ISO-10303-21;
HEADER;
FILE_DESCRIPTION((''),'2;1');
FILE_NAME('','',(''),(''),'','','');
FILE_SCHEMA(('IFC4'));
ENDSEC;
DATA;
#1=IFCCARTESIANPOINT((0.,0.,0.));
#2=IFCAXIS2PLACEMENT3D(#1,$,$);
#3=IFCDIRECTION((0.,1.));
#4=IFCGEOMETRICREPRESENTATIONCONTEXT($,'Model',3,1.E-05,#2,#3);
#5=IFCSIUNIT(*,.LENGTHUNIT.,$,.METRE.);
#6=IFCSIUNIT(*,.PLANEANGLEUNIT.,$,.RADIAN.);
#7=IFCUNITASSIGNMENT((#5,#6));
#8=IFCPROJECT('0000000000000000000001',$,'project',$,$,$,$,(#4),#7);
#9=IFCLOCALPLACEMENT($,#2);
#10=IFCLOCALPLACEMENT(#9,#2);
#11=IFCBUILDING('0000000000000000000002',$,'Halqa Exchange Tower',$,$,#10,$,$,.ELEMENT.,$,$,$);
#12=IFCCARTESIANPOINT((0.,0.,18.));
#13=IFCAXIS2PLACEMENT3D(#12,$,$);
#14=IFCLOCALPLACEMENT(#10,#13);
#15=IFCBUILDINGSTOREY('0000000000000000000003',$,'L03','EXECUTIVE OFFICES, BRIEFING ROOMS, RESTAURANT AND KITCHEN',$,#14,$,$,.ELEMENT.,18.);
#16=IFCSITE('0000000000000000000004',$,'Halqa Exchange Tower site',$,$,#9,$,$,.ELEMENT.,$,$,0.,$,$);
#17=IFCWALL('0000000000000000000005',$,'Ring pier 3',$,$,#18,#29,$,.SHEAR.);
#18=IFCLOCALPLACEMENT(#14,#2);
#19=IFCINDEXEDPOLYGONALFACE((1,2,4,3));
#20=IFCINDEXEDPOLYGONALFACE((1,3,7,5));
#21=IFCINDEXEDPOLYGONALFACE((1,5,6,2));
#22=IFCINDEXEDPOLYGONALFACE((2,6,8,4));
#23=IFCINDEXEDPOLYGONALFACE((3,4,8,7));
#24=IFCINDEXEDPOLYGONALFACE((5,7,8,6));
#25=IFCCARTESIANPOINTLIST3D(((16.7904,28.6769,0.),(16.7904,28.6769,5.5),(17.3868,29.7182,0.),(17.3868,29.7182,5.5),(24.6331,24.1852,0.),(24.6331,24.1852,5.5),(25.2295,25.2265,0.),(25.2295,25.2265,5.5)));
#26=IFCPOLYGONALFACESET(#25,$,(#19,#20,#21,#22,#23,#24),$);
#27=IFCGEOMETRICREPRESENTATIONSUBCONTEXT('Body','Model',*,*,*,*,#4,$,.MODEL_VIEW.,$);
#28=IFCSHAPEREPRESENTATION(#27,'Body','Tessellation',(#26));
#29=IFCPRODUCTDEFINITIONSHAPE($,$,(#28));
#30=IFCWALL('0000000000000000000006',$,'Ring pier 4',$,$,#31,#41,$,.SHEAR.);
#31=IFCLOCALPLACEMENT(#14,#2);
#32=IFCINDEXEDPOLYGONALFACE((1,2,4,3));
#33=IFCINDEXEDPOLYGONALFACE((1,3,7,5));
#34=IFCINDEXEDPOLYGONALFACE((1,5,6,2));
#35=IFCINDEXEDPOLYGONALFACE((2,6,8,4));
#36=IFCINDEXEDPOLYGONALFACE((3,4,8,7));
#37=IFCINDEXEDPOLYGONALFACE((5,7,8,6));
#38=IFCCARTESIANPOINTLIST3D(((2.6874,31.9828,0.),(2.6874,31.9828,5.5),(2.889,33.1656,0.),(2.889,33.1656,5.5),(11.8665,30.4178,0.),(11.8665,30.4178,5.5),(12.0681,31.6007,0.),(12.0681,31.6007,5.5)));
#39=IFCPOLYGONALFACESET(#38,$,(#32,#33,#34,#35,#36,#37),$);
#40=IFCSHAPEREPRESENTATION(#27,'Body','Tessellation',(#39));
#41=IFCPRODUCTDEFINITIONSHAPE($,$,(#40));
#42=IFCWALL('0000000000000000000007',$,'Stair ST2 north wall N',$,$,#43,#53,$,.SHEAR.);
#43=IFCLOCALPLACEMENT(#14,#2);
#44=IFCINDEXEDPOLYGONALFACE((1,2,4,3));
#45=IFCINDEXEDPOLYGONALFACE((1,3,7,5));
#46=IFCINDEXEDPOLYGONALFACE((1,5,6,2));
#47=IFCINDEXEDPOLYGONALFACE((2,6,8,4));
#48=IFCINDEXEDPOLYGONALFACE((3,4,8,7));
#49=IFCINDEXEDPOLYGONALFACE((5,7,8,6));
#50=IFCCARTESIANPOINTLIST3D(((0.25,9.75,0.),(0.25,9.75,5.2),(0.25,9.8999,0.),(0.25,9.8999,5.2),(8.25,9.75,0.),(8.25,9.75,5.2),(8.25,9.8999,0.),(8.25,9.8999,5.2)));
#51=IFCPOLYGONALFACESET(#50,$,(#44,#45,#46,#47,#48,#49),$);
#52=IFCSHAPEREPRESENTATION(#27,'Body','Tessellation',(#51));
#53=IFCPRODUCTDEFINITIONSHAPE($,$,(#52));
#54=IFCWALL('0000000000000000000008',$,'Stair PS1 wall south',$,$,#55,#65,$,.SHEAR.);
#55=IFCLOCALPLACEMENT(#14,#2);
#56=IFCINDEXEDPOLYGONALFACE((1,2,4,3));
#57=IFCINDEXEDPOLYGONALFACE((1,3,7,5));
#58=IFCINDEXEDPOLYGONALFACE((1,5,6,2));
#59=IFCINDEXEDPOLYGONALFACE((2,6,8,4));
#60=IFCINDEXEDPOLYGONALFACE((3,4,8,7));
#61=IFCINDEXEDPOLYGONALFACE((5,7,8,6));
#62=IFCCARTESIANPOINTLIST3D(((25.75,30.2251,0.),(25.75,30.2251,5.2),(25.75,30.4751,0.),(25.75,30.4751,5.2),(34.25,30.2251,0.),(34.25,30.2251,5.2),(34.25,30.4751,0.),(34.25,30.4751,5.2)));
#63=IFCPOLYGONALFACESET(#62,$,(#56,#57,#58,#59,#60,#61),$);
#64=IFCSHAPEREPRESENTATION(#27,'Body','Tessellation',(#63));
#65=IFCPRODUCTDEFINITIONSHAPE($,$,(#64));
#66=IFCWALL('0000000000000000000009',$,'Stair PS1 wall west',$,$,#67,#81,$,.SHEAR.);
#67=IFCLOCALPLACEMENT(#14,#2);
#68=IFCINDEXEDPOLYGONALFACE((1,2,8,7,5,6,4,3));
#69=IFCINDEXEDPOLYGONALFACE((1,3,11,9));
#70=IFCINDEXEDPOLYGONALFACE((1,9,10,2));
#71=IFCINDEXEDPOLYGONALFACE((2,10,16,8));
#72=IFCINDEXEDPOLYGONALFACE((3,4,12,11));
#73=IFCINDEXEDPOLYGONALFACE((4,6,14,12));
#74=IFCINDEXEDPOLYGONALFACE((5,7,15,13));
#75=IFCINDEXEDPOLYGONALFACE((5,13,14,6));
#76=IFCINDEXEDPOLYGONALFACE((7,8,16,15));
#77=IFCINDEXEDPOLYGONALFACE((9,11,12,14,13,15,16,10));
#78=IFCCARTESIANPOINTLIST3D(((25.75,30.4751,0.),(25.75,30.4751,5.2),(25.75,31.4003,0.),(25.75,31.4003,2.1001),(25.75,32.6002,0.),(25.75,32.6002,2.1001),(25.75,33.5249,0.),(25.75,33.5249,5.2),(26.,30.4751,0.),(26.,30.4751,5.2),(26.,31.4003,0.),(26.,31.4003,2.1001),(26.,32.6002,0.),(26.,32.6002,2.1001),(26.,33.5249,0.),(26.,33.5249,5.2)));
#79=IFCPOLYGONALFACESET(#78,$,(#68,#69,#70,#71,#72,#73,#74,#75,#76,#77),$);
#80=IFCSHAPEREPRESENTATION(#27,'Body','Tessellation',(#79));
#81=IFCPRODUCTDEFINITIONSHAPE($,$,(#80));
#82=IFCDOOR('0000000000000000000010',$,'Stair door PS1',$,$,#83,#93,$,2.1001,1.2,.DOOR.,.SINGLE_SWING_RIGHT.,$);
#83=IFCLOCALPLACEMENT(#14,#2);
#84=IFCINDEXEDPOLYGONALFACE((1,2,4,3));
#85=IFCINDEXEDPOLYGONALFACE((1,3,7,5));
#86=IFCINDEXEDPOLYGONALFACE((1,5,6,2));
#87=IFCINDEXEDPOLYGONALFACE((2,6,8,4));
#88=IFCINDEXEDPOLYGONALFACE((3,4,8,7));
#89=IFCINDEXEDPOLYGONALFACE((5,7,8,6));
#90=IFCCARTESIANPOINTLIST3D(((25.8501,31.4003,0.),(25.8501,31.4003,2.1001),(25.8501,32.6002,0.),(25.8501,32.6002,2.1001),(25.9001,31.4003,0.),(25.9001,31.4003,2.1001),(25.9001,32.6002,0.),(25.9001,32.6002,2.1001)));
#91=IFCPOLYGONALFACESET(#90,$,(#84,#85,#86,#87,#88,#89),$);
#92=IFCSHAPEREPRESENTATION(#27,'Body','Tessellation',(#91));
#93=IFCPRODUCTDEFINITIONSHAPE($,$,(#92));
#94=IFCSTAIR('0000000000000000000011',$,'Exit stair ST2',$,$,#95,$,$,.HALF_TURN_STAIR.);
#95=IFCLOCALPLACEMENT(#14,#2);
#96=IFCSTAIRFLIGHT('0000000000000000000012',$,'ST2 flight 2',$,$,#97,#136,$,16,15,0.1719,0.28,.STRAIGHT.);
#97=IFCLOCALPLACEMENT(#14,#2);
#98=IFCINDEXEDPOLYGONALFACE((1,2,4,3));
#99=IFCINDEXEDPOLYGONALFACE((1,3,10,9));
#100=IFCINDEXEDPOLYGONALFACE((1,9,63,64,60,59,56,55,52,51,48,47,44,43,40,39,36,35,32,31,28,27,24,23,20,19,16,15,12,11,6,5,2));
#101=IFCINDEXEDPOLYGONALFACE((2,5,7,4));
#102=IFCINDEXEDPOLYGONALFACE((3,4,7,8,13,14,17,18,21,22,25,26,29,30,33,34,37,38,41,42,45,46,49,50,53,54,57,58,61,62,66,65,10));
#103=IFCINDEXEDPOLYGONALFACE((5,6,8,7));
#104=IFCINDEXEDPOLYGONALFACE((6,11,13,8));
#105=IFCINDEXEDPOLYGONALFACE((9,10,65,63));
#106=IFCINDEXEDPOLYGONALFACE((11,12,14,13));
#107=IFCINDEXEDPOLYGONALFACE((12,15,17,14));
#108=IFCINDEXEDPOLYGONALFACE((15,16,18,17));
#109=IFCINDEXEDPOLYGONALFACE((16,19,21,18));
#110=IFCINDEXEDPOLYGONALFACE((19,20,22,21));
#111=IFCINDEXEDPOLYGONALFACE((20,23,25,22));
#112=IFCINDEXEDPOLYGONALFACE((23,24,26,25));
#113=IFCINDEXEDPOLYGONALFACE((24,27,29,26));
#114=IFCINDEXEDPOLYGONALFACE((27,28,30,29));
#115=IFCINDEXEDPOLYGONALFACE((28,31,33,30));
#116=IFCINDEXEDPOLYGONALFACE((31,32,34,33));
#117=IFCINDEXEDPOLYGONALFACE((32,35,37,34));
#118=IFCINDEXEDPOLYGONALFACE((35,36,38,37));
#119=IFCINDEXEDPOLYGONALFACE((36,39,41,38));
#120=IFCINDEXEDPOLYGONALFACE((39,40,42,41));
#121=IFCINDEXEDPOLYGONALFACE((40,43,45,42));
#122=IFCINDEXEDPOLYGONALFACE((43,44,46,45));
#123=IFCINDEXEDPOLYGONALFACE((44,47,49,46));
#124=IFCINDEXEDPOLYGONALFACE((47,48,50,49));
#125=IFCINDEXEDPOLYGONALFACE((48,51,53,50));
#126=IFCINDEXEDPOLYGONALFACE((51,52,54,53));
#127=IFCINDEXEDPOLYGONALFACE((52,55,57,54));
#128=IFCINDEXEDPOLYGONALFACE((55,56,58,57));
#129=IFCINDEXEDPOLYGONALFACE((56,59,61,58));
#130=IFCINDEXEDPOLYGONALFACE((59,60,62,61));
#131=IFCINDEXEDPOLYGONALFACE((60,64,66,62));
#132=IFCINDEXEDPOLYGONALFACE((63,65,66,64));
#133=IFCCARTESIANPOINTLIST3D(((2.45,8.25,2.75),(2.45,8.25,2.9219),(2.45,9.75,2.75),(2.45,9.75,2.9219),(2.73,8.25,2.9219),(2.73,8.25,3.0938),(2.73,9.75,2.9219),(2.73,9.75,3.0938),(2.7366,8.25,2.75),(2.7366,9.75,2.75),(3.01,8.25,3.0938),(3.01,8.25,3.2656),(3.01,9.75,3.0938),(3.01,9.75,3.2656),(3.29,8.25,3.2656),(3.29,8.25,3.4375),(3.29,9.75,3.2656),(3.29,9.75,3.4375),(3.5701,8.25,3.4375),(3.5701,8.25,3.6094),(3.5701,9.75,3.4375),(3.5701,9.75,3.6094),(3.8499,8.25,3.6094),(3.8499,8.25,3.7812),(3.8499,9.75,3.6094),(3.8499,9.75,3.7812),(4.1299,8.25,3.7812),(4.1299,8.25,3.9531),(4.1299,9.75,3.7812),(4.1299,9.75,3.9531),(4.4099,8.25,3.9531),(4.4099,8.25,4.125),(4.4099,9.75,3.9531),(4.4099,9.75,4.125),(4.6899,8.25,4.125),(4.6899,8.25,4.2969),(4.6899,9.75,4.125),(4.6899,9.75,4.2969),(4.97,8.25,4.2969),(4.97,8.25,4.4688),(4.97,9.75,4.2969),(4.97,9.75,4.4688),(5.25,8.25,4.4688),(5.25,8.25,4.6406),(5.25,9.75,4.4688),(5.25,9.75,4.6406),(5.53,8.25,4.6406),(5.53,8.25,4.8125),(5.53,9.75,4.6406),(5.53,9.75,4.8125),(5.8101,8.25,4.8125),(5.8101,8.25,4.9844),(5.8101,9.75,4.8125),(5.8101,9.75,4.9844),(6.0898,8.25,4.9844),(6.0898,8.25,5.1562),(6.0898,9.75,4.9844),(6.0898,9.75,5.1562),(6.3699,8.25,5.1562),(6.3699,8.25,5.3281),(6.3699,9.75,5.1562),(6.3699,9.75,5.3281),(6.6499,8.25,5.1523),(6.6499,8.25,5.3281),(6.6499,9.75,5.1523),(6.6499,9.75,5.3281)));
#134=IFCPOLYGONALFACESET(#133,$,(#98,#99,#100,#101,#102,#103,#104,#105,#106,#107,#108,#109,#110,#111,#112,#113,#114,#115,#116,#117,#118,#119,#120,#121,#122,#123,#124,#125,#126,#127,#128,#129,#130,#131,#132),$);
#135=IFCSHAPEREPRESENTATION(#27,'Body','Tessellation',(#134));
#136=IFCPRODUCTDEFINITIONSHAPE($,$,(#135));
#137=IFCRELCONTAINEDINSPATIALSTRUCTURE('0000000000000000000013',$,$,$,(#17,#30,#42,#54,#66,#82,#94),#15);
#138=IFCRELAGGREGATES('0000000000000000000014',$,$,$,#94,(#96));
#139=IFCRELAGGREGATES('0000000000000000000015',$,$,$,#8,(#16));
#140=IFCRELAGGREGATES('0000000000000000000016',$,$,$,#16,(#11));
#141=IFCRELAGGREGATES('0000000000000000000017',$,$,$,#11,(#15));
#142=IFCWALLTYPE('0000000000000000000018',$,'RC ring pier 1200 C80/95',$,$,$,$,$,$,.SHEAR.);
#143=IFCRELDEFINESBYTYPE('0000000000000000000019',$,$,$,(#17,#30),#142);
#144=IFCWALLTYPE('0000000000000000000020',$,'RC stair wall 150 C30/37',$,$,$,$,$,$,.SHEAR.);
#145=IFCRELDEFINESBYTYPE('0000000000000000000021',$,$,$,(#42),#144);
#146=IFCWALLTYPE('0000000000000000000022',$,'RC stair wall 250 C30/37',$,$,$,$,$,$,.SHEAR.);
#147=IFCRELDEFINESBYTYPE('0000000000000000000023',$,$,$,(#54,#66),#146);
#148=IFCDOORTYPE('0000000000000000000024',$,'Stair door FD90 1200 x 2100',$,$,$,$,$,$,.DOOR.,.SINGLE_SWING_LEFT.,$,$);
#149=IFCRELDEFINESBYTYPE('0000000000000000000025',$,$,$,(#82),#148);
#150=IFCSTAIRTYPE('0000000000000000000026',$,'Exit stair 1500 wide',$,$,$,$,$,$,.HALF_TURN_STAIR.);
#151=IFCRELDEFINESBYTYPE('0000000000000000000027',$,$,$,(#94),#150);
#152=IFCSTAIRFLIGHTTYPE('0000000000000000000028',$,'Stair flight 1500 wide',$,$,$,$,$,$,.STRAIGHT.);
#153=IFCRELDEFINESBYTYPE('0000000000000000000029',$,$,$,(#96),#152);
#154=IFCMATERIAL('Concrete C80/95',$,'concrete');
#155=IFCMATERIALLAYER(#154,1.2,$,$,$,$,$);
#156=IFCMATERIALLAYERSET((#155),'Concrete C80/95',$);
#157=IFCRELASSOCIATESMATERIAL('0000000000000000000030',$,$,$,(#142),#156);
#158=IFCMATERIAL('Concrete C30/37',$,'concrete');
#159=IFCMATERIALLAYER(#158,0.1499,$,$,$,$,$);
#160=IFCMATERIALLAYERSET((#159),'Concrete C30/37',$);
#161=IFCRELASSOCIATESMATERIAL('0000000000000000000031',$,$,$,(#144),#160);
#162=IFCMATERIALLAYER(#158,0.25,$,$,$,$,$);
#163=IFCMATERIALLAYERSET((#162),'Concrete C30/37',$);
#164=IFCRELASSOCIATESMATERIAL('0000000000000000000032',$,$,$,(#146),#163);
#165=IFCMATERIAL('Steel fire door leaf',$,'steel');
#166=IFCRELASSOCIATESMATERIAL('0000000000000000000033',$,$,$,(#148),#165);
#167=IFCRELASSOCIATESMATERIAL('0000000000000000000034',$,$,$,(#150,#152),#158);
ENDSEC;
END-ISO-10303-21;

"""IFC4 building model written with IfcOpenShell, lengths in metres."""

from ifc_helpers import new_model, si_unit, direction, frame, frame_2d, origin, place, context, subcontext, project, spatial, polyline, rectangle, outline, extrude, material, layer, layer_set, type_object, element, fill, aggregate, save


model = new_model("IFC4")

# Units and contexts
model_context = context("Model", 3, precision=1e-05, world=origin(), true_north=direction((0.0, 1.0)))
body_context = subcontext(model_context, "Body", "Model", "MODEL_VIEW")
ifc_project = project(units=[si_unit("LENGTHUNIT", "METRE"), si_unit("PLANEANGLEUNIT", "RADIAN")], contexts=[model_context])

# Site, building, storey
site_placement = place(None, origin())
site = spatial("IfcSite", under=ifc_project, at=site_placement, Name="Halqa Exchange Tower site", CompositionType="ELEMENT", RefElevation=0.0)
building_placement = place(site_placement, origin())
building = spatial("IfcBuilding", under=site, at=building_placement, Name="Halqa Exchange Tower", CompositionType="ELEMENT")
storey_placement = place(building_placement, frame((0.0, 0.0, 18.0)))
storey = spatial("IfcBuildingStorey", under=building, at=storey_placement, Name="L03", Description="EXECUTIVE OFFICES, BRIEFING ROOMS, RESTAURANT AND KITCHEN", CompositionType="ELEMENT", Elevation=18.0)

# Shared definitions
ifc_material_1 = material(Name="Steel fire door leaf", Category="steel")

# Walls
ifc_material_2 = material(Name="Concrete C80/95", Category="concrete")
ifc_layer_1 = layer(ifc_material_2, 1.2)
ifc_layer_set_1 = layer_set([ifc_layer_1], Name="Concrete C80/95")
wall_type_1 = type_object("IfcWallType", Name="RC ring pier 1200 C80/95", PredefinedType="SHEAR", material=ifc_layer_set_1)
wall_1_placement = place(storey_placement, frame((24.9314, 24.7058, 0.0), z_axis=(0.0, 0.0, 1.0), x_axis=(-0.867761, 0.496982, 0.0)))
element("IfcWall", 1, at=wall_1_placement, inside=storey, type_object=wall_type_1, Name="Ring pier 3", PredefinedType="SHEAR", context=body_context, shape_type="SweptSolid", body=[
    extrude(rectangle(XDim=9.0378, YDim=1.2, at=frame_2d((4.519, 0.0))), origin(), (0.0, 0.0, 1.0), 5.5),
])
wall_2_placement = place(storey_placement, frame((11.9673, 31.0093, 0.0), z_axis=(0.0, 0.0, 1.0), x_axis=(-0.985776, 0.168063, 0.0)))
element("IfcWall", 2, at=wall_2_placement, inside=storey, type_object=wall_type_1, Name="Ring pier 4", PredefinedType="SHEAR", context=body_context, shape_type="SweptSolid", body=[
    extrude(rectangle(XDim=9.3115, YDim=1.2, at=frame_2d((4.6558, 0.0))), origin(), (0.0, 0.0, 1.0), 5.5),
])
ifc_material_3 = material(Name="Concrete C30/37", Category="concrete")
ifc_layer_2 = layer(ifc_material_3, 0.1499)
ifc_layer_set_2 = layer_set([ifc_layer_2], Name="Concrete C30/37")
wall_type_2 = type_object("IfcWallType", Name="RC stair wall 150 C30/37", PredefinedType="SHEAR", material=ifc_layer_set_2)
wall_3_placement = place(storey_placement, frame((0.25, 9.825, 0.0), z_axis=(0.0, 0.0, 1.0), x_axis=(1.0, 0.0, 0.0)))
element("IfcWall", 3, at=wall_3_placement, inside=storey, type_object=wall_type_2, Name="Stair ST2 north wall N", PredefinedType="SHEAR", context=body_context, shape_type="SweptSolid", body=[
    extrude(rectangle(XDim=8.0, YDim=0.1499, at=frame_2d((4.0, 0.0))), origin(), (0.0, 0.0, 1.0), 5.2),
])
ifc_layer_3 = layer(ifc_material_3, 0.25)
ifc_layer_set_3 = layer_set([ifc_layer_3], Name="Concrete C30/37")
wall_type_3 = type_object("IfcWallType", Name="RC stair wall 250 C30/37", PredefinedType="SHEAR", material=ifc_layer_set_3)
wall_4_placement = place(storey_placement, frame((25.75, 30.3501, 0.0), z_axis=(0.0, 0.0, 1.0), x_axis=(1.0, 0.0, 0.0)))
element("IfcWall", 4, at=wall_4_placement, inside=storey, type_object=wall_type_3, Name="Stair PS1 wall south", PredefinedType="SHEAR", context=body_context, shape_type="SweptSolid", body=[
    extrude(rectangle(XDim=8.5, YDim=0.25, at=frame_2d((4.25, 0.0))), origin(), (0.0, 0.0, 1.0), 5.2),
])

# Wall, opening, door
wall_5_placement = place(storey_placement, frame((25.875, 30.4751, 0.0), z_axis=(0.0, 0.0, 1.0), x_axis=(0.0, 1.0, 0.0)))
wall_5 = element("IfcWall", 5, at=wall_5_placement, inside=storey, type_object=wall_type_3, Name="Stair PS1 wall west", PredefinedType="SHEAR", context=body_context, shape_type="SweptSolid", body=[
    extrude(rectangle(XDim=3.0498, YDim=0.25, at=frame_2d((1.5249, 0.0))), origin(), (0.0, 0.0, 1.0), 5.2),
])
opening_1_placement = place(wall_5_placement, frame((0.925, 0.0, 0.0)))
opening_1 = element("IfcOpeningElement", 6, at=opening_1_placement, cuts=wall_5, PredefinedType="OPENING", context=body_context, shape_type="SweptSolid", body=[
    extrude(rectangle(XDim=1.2, YDim=2.1001, at=frame_2d((0.6001, 1.05))), frame((0.0, 0.137, 0.0), z_axis=(0.0, -1.0, 0.0), x_axis=(1.0, 0.0, 0.0)), (0.0, 0.0, 1.0), 0.2739),
])
door_type_1 = type_object("IfcDoorType", Name="Stair door FD90 1200 x 2100", OperationType="SINGLE_SWING_LEFT", PredefinedType="DOOR", material=ifc_material_1)
door_1_placement = place(opening_1_placement, origin())
door_1 = element("IfcDoor", 7, at=door_1_placement, inside=storey, type_object=door_type_1, Name="Stair door PS1", OperationType="SINGLE_SWING_RIGHT", OverallHeight=2.1001, OverallWidth=1.2, PredefinedType="DOOR", context=body_context, shape_type="SweptSolid", body=[
    extrude(rectangle(XDim=1.2, YDim=2.1001, at=frame_2d((0.6001, 1.05))), frame((0.0, 0.0249, 0.0), z_axis=(0.0, -1.0, 0.0), x_axis=(1.0, 0.0, 0.0)), (0.0, 0.0, 1.0), 0.05),
])
fill(opening_1, door_1)

# Stair, stair flight
stair_type = type_object("IfcStairType", Name="Exit stair 1500 wide", PredefinedType="HALF_TURN_STAIR", material=ifc_material_3)
stair_placement = place(storey_placement, origin())
stair = element("IfcStair", 8, at=stair_placement, inside=storey, type_object=stair_type, Name="Exit stair ST2", PredefinedType="HALF_TURN_STAIR")
stair_flight_type = type_object("IfcStairFlightType", Name="Stair flight 1500 wide", PredefinedType="STRAIGHT", material=ifc_material_3)
stair_flight_placement = place(storey_placement, frame((2.45, 9.0, 2.75), z_axis=(0.0, 0.0, 1.0), x_axis=(1.0, 0.0, 0.0)))
stair_flight = element("IfcStairFlight", 9, at=stair_flight_placement, type_object=stair_flight_type, Name="ST2 flight 2", NumberOfRisers=16, NumberOfTreads=15, PredefinedType="STRAIGHT", RiserHeight=0.1719, TreadLength=0.28, context=body_context, shape_type="SweptSolid", body=[
    extrude(outline(polyline([(0.0, 0.0), (0.0, 0.1719), (0.28, 0.1719), (0.28, 0.3438), (0.5601, 0.3438), (0.5601, 0.5156), (0.8401, 0.5156), (0.8401, 0.6875), (1.1201, 0.6875), (1.1201, 0.8594), (1.3999, 0.8594), (1.3999, 1.0312), (1.6799, 1.0312), (1.6799, 1.2031), (1.96, 1.2031), (1.96, 1.375), (2.24, 1.375), (2.24, 1.5469), (2.52, 1.5469), (2.52, 1.7188), (2.8, 1.7188), (2.8, 1.8906), (3.0801, 1.8906), (3.0801, 2.0625), (3.3601, 2.0625), (3.3601, 2.2344), (3.6399, 2.2344), (3.6399, 2.4062), (3.9199, 2.4062), (3.9199, 2.5781), (4.2, 2.5781), (4.2, 2.75), (4.2, 2.4023), (0.2866, 0.0), (0.0, 0.0)])), frame((0.0, 0.75, 0.0), z_axis=(0.0, -1.0, 0.0), x_axis=(1.0, 0.0, 0.0)), (0.0, 0.0, 1.0), 1.5),
])
aggregate(stair, [stair_flight])

save(model, "model.ifc")
